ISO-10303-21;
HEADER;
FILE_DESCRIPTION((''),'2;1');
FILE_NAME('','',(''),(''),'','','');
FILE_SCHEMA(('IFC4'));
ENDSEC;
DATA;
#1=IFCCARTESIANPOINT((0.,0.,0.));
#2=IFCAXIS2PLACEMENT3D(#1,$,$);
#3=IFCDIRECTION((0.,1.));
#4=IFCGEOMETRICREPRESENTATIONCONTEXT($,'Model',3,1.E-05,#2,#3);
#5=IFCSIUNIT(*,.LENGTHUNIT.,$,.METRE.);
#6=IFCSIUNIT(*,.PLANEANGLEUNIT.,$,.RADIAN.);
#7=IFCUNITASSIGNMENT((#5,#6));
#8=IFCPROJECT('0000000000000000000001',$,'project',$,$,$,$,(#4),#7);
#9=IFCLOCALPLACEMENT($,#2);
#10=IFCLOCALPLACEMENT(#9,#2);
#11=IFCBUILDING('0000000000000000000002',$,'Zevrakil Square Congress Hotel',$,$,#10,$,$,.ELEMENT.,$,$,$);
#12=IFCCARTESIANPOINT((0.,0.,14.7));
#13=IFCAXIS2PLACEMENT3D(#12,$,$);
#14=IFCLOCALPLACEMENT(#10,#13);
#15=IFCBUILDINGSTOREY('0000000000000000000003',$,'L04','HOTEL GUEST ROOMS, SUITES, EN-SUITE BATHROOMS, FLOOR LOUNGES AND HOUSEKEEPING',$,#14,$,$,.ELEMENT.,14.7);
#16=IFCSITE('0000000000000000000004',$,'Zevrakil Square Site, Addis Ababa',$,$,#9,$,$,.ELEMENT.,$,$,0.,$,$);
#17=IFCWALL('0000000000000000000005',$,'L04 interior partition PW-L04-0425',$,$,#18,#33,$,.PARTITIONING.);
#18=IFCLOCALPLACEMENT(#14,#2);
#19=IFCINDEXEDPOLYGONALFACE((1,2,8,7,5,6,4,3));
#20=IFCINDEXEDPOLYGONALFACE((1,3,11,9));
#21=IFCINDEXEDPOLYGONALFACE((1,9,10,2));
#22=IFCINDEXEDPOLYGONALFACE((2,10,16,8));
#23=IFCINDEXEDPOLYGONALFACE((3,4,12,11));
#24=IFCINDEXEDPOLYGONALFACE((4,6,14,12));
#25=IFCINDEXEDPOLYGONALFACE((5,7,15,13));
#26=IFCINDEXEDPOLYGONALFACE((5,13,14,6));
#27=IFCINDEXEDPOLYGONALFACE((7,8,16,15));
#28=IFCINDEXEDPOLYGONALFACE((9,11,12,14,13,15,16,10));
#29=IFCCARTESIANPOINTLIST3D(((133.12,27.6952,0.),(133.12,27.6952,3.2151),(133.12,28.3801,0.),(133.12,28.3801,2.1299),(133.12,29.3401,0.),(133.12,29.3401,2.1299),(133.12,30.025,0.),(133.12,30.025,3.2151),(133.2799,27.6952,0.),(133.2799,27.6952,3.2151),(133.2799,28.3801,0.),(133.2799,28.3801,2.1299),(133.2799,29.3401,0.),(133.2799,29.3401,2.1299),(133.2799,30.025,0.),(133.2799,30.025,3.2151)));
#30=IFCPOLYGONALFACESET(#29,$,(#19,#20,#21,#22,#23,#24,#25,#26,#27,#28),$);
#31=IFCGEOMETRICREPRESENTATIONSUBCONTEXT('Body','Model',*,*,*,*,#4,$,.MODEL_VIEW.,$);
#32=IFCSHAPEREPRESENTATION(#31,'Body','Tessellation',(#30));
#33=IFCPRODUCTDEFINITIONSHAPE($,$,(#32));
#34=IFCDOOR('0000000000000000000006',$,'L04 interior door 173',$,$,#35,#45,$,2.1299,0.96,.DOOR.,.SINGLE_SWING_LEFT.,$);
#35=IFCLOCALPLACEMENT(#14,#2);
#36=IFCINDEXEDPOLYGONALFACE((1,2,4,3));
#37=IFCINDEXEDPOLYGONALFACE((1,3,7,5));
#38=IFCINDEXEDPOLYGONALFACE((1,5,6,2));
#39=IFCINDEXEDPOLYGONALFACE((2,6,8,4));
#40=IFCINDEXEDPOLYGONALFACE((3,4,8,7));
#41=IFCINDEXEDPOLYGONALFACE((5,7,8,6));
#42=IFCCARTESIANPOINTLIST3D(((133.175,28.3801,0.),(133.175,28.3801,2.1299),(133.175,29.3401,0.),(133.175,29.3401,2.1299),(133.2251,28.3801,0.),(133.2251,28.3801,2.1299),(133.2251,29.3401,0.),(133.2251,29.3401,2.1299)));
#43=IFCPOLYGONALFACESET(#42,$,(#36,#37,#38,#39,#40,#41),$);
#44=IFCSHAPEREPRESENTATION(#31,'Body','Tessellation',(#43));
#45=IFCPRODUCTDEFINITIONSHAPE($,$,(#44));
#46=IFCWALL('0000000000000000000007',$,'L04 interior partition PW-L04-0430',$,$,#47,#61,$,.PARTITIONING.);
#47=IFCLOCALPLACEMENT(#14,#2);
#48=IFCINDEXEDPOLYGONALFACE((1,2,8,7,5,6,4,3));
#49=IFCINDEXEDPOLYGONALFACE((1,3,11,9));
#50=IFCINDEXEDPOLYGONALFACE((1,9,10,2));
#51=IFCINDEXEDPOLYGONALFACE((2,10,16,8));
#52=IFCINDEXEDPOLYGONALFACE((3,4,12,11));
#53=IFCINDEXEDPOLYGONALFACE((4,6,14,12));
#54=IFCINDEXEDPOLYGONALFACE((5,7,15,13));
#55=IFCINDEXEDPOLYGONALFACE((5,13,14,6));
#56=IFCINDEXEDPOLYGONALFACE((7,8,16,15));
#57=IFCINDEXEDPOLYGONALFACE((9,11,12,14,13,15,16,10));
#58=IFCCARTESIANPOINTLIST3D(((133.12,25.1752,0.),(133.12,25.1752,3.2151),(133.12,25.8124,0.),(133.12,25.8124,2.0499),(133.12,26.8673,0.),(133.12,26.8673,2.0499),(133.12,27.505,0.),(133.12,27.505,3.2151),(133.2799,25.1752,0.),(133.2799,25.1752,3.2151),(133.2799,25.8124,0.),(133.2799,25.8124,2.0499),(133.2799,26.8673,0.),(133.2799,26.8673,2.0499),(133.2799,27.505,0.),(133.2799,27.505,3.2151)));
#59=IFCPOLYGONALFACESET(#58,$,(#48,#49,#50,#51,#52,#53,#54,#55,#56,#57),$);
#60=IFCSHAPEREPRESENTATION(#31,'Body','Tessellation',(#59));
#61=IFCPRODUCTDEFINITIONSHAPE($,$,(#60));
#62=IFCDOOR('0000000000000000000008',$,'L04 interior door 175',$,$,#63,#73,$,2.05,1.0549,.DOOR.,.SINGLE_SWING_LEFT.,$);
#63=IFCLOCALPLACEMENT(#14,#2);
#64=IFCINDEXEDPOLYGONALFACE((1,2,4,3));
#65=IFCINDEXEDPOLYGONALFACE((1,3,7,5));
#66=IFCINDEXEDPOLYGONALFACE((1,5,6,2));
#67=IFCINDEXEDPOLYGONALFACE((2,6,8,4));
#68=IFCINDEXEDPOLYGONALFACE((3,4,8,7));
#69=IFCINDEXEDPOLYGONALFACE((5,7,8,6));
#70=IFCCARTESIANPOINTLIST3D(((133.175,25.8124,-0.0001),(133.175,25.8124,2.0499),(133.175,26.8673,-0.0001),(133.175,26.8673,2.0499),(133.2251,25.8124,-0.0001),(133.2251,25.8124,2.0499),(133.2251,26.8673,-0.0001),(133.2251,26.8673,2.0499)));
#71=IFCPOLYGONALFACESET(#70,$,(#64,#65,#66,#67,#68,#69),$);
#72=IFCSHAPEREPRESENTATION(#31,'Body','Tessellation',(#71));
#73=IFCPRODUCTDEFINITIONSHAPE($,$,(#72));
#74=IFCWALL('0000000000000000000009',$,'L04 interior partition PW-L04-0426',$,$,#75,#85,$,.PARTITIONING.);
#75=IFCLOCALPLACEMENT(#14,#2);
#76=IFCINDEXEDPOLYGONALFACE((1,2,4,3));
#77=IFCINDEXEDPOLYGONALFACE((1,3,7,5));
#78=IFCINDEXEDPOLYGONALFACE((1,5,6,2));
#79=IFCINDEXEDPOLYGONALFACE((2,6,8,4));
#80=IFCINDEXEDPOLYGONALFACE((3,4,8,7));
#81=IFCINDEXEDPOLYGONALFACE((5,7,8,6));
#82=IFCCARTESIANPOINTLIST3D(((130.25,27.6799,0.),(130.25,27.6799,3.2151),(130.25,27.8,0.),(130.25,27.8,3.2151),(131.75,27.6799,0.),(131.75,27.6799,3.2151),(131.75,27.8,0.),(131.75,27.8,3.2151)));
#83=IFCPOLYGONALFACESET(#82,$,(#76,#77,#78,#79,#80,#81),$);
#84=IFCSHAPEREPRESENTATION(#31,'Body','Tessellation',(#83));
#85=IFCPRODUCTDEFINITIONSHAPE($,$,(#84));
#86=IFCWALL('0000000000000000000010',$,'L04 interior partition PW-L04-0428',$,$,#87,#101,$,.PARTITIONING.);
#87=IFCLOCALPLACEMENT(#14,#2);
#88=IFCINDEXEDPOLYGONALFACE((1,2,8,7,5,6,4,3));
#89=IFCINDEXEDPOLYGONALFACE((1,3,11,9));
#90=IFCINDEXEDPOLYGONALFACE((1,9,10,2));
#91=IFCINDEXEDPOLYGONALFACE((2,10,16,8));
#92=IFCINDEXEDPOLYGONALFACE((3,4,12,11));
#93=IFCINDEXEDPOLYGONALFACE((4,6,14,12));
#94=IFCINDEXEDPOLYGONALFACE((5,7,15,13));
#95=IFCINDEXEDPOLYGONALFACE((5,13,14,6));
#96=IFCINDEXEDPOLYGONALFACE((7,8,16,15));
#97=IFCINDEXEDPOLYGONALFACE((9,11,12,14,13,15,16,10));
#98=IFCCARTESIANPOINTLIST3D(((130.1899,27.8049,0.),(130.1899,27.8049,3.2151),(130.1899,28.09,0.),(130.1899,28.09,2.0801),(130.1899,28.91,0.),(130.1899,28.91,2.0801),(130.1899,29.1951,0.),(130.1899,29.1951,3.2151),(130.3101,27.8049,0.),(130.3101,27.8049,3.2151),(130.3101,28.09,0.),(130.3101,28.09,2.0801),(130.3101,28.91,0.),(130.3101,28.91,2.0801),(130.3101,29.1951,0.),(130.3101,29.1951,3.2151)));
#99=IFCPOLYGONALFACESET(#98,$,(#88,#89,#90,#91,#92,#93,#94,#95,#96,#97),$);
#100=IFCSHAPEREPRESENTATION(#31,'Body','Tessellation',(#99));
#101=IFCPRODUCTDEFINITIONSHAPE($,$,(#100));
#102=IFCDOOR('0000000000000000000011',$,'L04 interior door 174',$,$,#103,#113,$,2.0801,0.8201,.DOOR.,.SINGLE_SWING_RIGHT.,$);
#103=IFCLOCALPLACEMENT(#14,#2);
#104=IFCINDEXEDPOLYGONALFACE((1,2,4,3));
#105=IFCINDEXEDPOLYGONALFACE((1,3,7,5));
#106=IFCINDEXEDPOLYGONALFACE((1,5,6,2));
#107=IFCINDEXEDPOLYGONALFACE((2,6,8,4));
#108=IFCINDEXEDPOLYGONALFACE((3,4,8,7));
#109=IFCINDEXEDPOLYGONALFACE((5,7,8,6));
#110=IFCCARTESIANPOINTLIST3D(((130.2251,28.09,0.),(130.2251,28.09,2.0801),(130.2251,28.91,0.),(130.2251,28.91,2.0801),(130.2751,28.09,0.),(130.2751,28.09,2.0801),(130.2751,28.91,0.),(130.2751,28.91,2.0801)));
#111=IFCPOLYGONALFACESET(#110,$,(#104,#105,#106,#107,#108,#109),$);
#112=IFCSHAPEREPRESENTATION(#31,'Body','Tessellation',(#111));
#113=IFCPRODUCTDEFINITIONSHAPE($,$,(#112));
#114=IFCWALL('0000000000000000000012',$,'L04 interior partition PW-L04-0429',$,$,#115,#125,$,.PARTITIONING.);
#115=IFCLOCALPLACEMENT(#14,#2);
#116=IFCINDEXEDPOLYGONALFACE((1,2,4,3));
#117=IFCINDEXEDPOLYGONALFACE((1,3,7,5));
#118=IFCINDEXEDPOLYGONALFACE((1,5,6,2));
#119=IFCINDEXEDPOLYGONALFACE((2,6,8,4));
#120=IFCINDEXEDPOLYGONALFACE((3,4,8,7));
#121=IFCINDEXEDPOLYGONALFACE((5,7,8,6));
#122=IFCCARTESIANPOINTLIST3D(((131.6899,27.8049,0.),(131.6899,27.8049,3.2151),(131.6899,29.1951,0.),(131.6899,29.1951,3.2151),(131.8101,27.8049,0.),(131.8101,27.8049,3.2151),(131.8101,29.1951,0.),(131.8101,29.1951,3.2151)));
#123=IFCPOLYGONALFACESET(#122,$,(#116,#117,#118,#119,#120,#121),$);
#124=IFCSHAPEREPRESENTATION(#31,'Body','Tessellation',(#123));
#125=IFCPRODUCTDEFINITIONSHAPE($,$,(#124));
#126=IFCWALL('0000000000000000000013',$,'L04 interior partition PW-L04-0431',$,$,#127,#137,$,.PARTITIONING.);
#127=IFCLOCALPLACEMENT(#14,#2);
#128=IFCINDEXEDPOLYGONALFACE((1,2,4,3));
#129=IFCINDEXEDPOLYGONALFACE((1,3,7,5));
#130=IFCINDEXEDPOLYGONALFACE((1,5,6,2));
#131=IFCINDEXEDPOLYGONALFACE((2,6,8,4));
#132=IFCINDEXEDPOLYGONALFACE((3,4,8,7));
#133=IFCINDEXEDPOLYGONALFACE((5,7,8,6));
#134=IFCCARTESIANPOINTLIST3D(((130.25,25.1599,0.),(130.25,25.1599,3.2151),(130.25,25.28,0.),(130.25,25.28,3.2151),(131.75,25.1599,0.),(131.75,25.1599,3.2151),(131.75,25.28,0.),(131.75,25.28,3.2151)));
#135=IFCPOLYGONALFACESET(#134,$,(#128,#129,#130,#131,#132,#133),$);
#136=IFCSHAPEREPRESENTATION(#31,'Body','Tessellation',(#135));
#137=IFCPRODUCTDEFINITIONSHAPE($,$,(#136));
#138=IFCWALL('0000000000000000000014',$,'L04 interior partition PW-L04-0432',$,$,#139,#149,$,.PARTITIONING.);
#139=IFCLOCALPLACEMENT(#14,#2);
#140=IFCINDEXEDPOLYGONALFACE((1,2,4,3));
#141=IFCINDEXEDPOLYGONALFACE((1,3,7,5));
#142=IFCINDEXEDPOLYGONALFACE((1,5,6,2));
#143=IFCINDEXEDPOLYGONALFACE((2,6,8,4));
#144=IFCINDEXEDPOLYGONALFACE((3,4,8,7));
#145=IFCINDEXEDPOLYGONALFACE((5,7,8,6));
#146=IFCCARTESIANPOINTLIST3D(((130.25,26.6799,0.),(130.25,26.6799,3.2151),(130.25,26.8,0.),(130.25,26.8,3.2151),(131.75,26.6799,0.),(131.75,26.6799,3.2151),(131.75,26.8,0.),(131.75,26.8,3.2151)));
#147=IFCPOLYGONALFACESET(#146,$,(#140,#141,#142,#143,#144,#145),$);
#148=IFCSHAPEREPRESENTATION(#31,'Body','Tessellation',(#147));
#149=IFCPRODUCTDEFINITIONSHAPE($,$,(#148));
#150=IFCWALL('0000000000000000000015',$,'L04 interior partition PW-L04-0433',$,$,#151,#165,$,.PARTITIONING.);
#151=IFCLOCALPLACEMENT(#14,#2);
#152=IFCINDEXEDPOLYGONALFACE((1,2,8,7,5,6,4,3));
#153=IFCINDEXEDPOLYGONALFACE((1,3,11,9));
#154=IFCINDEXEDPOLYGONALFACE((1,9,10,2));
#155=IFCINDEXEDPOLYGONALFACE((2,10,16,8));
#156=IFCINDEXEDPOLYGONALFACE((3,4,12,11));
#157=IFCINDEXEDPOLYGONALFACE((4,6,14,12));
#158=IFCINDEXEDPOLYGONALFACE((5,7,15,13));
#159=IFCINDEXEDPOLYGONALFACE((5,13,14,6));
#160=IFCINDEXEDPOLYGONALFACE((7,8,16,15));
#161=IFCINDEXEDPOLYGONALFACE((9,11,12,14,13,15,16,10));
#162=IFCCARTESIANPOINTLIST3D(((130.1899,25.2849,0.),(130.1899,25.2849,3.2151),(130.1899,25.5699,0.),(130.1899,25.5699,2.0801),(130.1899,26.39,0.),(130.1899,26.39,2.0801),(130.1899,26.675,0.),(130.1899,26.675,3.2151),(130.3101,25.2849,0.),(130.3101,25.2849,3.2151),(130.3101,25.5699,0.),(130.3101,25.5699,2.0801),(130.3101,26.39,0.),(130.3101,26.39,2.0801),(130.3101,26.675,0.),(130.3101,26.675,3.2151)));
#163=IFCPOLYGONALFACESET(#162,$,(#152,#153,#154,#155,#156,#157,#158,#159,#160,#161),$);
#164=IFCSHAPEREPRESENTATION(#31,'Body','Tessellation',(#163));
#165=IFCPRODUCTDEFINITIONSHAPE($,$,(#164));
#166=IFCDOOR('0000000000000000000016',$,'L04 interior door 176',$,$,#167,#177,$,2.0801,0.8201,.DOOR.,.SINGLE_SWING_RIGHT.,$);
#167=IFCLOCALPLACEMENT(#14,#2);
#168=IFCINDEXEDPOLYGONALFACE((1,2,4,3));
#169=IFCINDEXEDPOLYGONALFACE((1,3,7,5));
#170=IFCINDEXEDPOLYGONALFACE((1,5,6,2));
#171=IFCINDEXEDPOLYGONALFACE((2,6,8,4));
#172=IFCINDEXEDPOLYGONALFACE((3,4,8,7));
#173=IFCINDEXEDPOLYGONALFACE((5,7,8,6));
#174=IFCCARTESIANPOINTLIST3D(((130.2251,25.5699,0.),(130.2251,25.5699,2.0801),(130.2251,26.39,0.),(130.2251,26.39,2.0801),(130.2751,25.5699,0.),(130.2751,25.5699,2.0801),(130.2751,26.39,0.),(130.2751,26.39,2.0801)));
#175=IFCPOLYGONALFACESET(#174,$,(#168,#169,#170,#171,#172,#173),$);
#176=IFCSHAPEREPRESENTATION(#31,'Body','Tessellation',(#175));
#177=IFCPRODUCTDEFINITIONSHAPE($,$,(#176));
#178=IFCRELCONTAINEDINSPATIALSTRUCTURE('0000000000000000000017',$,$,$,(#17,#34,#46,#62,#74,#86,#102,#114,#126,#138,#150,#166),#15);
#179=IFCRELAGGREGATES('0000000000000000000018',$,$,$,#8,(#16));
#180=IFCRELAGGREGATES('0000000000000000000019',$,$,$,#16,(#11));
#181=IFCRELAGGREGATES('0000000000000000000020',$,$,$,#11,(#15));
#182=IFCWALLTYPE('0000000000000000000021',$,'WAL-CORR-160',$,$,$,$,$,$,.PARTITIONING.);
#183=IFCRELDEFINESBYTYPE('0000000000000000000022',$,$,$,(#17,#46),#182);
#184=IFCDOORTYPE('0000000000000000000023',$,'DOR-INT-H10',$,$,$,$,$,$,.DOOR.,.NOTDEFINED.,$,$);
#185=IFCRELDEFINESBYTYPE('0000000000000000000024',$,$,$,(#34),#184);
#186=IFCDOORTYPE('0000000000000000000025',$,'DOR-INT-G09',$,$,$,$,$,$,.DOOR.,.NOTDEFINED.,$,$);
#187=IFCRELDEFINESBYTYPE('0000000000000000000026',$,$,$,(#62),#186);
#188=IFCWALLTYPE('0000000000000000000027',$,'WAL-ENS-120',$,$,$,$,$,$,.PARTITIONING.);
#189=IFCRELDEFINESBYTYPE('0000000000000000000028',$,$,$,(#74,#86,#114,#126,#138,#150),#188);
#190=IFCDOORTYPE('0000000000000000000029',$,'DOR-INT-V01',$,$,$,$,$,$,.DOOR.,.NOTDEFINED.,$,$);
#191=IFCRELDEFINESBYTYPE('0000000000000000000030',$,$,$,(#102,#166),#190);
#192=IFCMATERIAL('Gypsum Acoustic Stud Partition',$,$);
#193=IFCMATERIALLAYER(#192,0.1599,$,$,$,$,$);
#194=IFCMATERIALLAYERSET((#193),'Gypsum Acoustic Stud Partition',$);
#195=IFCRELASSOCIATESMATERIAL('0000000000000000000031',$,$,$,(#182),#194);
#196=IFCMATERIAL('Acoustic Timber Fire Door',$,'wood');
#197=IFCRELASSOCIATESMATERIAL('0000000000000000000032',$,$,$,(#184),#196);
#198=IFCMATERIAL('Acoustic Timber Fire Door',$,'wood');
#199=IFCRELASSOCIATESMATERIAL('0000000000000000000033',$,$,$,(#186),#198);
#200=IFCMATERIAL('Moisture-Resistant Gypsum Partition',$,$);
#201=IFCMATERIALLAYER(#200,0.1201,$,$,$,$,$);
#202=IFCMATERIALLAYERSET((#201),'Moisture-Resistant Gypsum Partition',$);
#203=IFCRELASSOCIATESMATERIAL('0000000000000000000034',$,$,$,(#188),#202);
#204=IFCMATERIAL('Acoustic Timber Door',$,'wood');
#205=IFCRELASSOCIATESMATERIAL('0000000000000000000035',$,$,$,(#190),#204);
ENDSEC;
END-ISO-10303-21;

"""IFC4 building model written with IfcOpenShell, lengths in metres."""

from ifc_helpers import new_model, si_unit, direction, frame, frame_2d, origin, place, context, subcontext, project, spatial, rectangle, extrude, material, layer, layer_set, type_object, element, fill, save


model = new_model("IFC4")

# Units and contexts
model_context = context("Model", 3, precision=1e-05, world=origin(), true_north=direction((0.0, 1.0)))
body_context = subcontext(model_context, "Body", "Model", "MODEL_VIEW")
ifc_project = project(units=[si_unit("LENGTHUNIT", "METRE"), si_unit("PLANEANGLEUNIT", "RADIAN")], contexts=[model_context])

# Site, building, storey
site_placement = place(None, origin())
site = spatial("IfcSite", under=ifc_project, at=site_placement, Name="Zevrakil Square Site, Addis Ababa", CompositionType="ELEMENT", RefElevation=0.0)
building_placement = place(site_placement, origin())
building = spatial("IfcBuilding", under=site, at=building_placement, Name="Zevrakil Square Congress Hotel", CompositionType="ELEMENT")
storey_placement = place(building_placement, frame((0.0, 0.0, 14.7)))
storey = spatial("IfcBuildingStorey", under=building, at=storey_placement, Name="L04", Description="HOTEL GUEST ROOMS, SUITES, EN-SUITE BATHROOMS, FLOOR LOUNGES AND HOUSEKEEPING", CompositionType="ELEMENT", Elevation=14.7)

# Walls, openings, doors
ifc_material_1 = material(Name="Gypsum Acoustic Stud Partition")
ifc_layer_1 = layer(ifc_material_1, 0.1599)
ifc_layer_set_1 = layer_set([ifc_layer_1], Name="Gypsum Acoustic Stud Partition")
wall_type_1 = type_object("IfcWallType", Name="WAL-CORR-160", PredefinedType="PARTITIONING", material=ifc_layer_set_1)
wall_1_placement = place(storey_placement, frame((133.2, 27.6951, 0.0), z_axis=(0.0, 0.0, 1.0), x_axis=(0.0, 1.0, 0.0)))
wall_1 = element("IfcWall", 1, at=wall_1_placement, inside=storey, type_object=wall_type_1, Name="L04 interior partition PW-L04-0425", PredefinedType="PARTITIONING", context=body_context, shape_type="SweptSolid", body=[
    extrude(rectangle(XDim=2.3298, YDim=0.1599, at=frame_2d((1.165, 0.0))), origin(), (0.0, 0.0, 1.0), 3.2151),
])
opening_1_placement = place(wall_1_placement, frame((0.6851, 0.0, 0.0)))
opening_1 = element("IfcOpeningElement", 2, at=opening_1_placement, cuts=wall_1, PredefinedType="OPENING", context=body_context, shape_type="SweptSolid", body=[
    extrude(rectangle(XDim=0.96, YDim=2.1299, at=frame_2d((0.48, 1.0649))), frame((0.0, 0.0898, 0.0), z_axis=(0.0, -1.0, 0.0), x_axis=(1.0, 0.0, 0.0)), (0.0, 0.0, 1.0), 0.1799),
])
ifc_material_2 = material(Name="Acoustic Timber Fire Door", Category="wood")
door_type_1 = type_object("IfcDoorType", Name="DOR-INT-H10", OperationType="NOTDEFINED", PredefinedType="DOOR", material=ifc_material_2)
door_1_placement = place(opening_1_placement, origin())
door_1 = element("IfcDoor", 3, at=door_1_placement, inside=storey, type_object=door_type_1, Name="L04 interior door 173", OperationType="SINGLE_SWING_LEFT", OverallHeight=2.1299, OverallWidth=0.96, PredefinedType="DOOR", context=body_context, shape_type="SweptSolid", body=[
    extrude(rectangle(XDim=0.96, YDim=2.1299, at=frame_2d((0.48, 1.0649))), frame((0.0, 0.0249, 0.0), z_axis=(0.0, -1.0, 0.0), x_axis=(1.0, 0.0, 0.0)), (0.0, 0.0, 1.0), 0.05),
])
fill(opening_1, door_1)
wall_2_placement = place(storey_placement, frame((133.2, 25.175, 0.0), z_axis=(0.0, 0.0, 1.0), x_axis=(0.0, 1.0, 0.0)))
wall_2 = element("IfcWall", 4, at=wall_2_placement, inside=storey, type_object=wall_type_1, Name="L04 interior partition PW-L04-0430", PredefinedType="PARTITIONING", context=body_context, shape_type="SweptSolid", body=[
    extrude(rectangle(XDim=2.3298, YDim=0.1599, at=frame_2d((1.165, 0.0))), origin(), (0.0, 0.0, 1.0), 3.2151),
])
opening_2_placement = place(wall_2_placement, frame((0.6375, 0.0, 0.0)))
opening_2 = element("IfcOpeningElement", 5, at=opening_2_placement, cuts=wall_2, PredefinedType="OPENING", context=body_context, shape_type="SweptSolid", body=[
    extrude(rectangle(XDim=1.0549, YDim=2.05, at=frame_2d((0.5273, 1.0249))), frame((0.0, 0.0898, 0.0), z_axis=(0.0, -1.0, 0.0), x_axis=(1.0, 0.0, 0.0)), (0.0, 0.0, 1.0), 0.1799),
])
ifc_material_3 = material(Name="Acoustic Timber Fire Door", Category="wood")
door_type_2 = type_object("IfcDoorType", Name="DOR-INT-G09", OperationType="NOTDEFINED", PredefinedType="DOOR", material=ifc_material_3)
door_2_placement = place(opening_2_placement, origin())
door_2 = element("IfcDoor", 6, at=door_2_placement, inside=storey, type_object=door_type_2, Name="L04 interior door 175", OperationType="SINGLE_SWING_LEFT", OverallHeight=2.05, OverallWidth=1.0549, PredefinedType="DOOR", context=body_context, shape_type="SweptSolid", body=[
    extrude(rectangle(XDim=1.0549, YDim=2.05, at=frame_2d((0.5273, 1.0249))), frame((0.0, 0.0249, 0.0), z_axis=(0.0, -1.0, 0.0), x_axis=(1.0, 0.0, 0.0)), (0.0, 0.0, 1.0), 0.05),
])
fill(opening_2, door_2)

# Wall
ifc_material_4 = material(Name="Moisture-Resistant Gypsum Partition")
ifc_layer_2 = layer(ifc_material_4, 0.1201)
ifc_layer_set_2 = layer_set([ifc_layer_2], Name="Moisture-Resistant Gypsum Partition")
wall_type_2 = type_object("IfcWallType", Name="WAL-ENS-120", PredefinedType="PARTITIONING", material=ifc_layer_set_2)
wall_3_placement = place(storey_placement, frame((130.25, 27.74, 0.0), z_axis=(0.0, 0.0, 1.0), x_axis=(1.0, 0.0, 0.0)))
element("IfcWall", 7, at=wall_3_placement, inside=storey, type_object=wall_type_2, Name="L04 interior partition PW-L04-0426", PredefinedType="PARTITIONING", context=body_context, shape_type="SweptSolid", body=[
    extrude(rectangle(XDim=1.5, YDim=0.1201, at=frame_2d((0.75, 0.0))), origin(), (0.0, 0.0, 1.0), 3.2151),
])

# Wall, opening, door
wall_4_placement = place(storey_placement, frame((130.25, 27.8049, 0.0), z_axis=(0.0, 0.0, 1.0), x_axis=(0.0, 1.0, 0.0)))
wall_4 = element("IfcWall", 8, at=wall_4_placement, inside=storey, type_object=wall_type_2, Name="L04 interior partition PW-L04-0428", PredefinedType="PARTITIONING", context=body_context, shape_type="SweptSolid", body=[
    extrude(rectangle(XDim=1.3901, YDim=0.1201, at=frame_2d((0.6951, 0.0))), origin(), (0.0, 0.0, 1.0), 3.2151),
])
opening_3_placement = place(wall_4_placement, frame((0.2849, 0.0, 0.0)))
opening_3 = element("IfcOpeningElement", 9, at=opening_3_placement, cuts=wall_4, PredefinedType="OPENING", context=body_context, shape_type="SweptSolid", body=[
    extrude(rectangle(XDim=0.8201, YDim=2.0801, at=frame_2d((0.4102, 1.04))), frame((0.0, 0.0701, 0.0), z_axis=(0.0, -1.0, 0.0), x_axis=(1.0, 0.0, 0.0)), (0.0, 0.0, 1.0), 0.1401),
])
ifc_material_5 = material(Name="Acoustic Timber Door", Category="wood")
door_type_3 = type_object("IfcDoorType", Name="DOR-INT-V01", OperationType="NOTDEFINED", PredefinedType="DOOR", material=ifc_material_5)
door_3_placement = place(opening_3_placement, origin())
door_3 = element("IfcDoor", 10, at=door_3_placement, inside=storey, type_object=door_type_3, Name="L04 interior door 174", OperationType="SINGLE_SWING_RIGHT", OverallHeight=2.0801, OverallWidth=0.8201, PredefinedType="DOOR", context=body_context, shape_type="SweptSolid", body=[
    extrude(rectangle(XDim=0.8201, YDim=2.0801, at=frame_2d((0.4102, 1.04))), frame((0.0, 0.0249, 0.0), z_axis=(0.0, -1.0, 0.0), x_axis=(1.0, 0.0, 0.0)), (0.0, 0.0, 1.0), 0.05),
])
fill(opening_3, door_3)

# Walls
wall_5_placement = place(storey_placement, frame((131.75, 27.8049, 0.0), z_axis=(0.0, 0.0, 1.0), x_axis=(0.0, 1.0, 0.0)))
element("IfcWall", 11, at=wall_5_placement, inside=storey, type_object=wall_type_2, Name="L04 interior partition PW-L04-0429", PredefinedType="PARTITIONING", context=body_context, shape_type="SweptSolid", body=[
    extrude(rectangle(XDim=1.3901, YDim=0.1201, at=frame_2d((0.6951, 0.0))), origin(), (0.0, 0.0, 1.0), 3.2151),
])
for number, where, z_axis, x_axis, name in (
    (12, (130.25, 25.22, 0.0), (0.0, 0.0, 1.0), (1.0, 0.0, 0.0), "L04 interior partition PW-L04-0431"),
    (13, (130.25, 26.74, 0.0), (0.0, 0.0, 1.0), (1.0, 0.0, 0.0), "L04 interior partition PW-L04-0432"),
):
    element("IfcWall", number, at=place(storey_placement, frame(where, z_axis=z_axis, x_axis=x_axis)), inside=storey, type_object=wall_type_2, Name=name, PredefinedType="PARTITIONING", context=body_context, shape_type="SweptSolid", body=[
        extrude(rectangle(XDim=1.5, YDim=0.1201, at=frame_2d((0.75, 0.0))), origin(), (0.0, 0.0, 1.0), 3.2151),
    ])

# Wall, opening, door
wall_6_placement = place(storey_placement, frame((130.25, 25.2849, 0.0), z_axis=(0.0, 0.0, 1.0), x_axis=(0.0, 1.0, 0.0)))
wall_6 = element("IfcWall", 14, at=wall_6_placement, inside=storey, type_object=wall_type_2, Name="L04 interior partition PW-L04-0433", PredefinedType="PARTITIONING", context=body_context, shape_type="SweptSolid", body=[
    extrude(rectangle(XDim=1.3901, YDim=0.1201, at=frame_2d((0.6951, 0.0))), origin(), (0.0, 0.0, 1.0), 3.2151),
])
opening_4_placement = place(wall_6_placement, frame((0.2849, 0.0, 0.0)))
opening_4 = element("IfcOpeningElement", 15, at=opening_4_placement, cuts=wall_6, PredefinedType="OPENING", context=body_context, shape_type="SweptSolid", body=[
    extrude(rectangle(XDim=0.8201, YDim=2.0801, at=frame_2d((0.4102, 1.04))), frame((0.0, 0.0701, 0.0), z_axis=(0.0, -1.0, 0.0), x_axis=(1.0, 0.0, 0.0)), (0.0, 0.0, 1.0), 0.1401),
])
door_4_placement = place(opening_4_placement, origin())
door_4 = element("IfcDoor", 16, at=door_4_placement, inside=storey, type_object=door_type_3, Name="L04 interior door 176", OperationType="SINGLE_SWING_RIGHT", OverallHeight=2.0801, OverallWidth=0.8201, PredefinedType="DOOR", context=body_context, shape_type="SweptSolid", body=[
    extrude(rectangle(XDim=0.8201, YDim=2.0801, at=frame_2d((0.4102, 1.04))), frame((0.0, 0.0249, 0.0), z_axis=(0.0, -1.0, 0.0), x_axis=(1.0, 0.0, 0.0)), (0.0, 0.0, 1.0), 0.05),
])
fill(opening_4, door_4)

save(model, "model.ifc")
